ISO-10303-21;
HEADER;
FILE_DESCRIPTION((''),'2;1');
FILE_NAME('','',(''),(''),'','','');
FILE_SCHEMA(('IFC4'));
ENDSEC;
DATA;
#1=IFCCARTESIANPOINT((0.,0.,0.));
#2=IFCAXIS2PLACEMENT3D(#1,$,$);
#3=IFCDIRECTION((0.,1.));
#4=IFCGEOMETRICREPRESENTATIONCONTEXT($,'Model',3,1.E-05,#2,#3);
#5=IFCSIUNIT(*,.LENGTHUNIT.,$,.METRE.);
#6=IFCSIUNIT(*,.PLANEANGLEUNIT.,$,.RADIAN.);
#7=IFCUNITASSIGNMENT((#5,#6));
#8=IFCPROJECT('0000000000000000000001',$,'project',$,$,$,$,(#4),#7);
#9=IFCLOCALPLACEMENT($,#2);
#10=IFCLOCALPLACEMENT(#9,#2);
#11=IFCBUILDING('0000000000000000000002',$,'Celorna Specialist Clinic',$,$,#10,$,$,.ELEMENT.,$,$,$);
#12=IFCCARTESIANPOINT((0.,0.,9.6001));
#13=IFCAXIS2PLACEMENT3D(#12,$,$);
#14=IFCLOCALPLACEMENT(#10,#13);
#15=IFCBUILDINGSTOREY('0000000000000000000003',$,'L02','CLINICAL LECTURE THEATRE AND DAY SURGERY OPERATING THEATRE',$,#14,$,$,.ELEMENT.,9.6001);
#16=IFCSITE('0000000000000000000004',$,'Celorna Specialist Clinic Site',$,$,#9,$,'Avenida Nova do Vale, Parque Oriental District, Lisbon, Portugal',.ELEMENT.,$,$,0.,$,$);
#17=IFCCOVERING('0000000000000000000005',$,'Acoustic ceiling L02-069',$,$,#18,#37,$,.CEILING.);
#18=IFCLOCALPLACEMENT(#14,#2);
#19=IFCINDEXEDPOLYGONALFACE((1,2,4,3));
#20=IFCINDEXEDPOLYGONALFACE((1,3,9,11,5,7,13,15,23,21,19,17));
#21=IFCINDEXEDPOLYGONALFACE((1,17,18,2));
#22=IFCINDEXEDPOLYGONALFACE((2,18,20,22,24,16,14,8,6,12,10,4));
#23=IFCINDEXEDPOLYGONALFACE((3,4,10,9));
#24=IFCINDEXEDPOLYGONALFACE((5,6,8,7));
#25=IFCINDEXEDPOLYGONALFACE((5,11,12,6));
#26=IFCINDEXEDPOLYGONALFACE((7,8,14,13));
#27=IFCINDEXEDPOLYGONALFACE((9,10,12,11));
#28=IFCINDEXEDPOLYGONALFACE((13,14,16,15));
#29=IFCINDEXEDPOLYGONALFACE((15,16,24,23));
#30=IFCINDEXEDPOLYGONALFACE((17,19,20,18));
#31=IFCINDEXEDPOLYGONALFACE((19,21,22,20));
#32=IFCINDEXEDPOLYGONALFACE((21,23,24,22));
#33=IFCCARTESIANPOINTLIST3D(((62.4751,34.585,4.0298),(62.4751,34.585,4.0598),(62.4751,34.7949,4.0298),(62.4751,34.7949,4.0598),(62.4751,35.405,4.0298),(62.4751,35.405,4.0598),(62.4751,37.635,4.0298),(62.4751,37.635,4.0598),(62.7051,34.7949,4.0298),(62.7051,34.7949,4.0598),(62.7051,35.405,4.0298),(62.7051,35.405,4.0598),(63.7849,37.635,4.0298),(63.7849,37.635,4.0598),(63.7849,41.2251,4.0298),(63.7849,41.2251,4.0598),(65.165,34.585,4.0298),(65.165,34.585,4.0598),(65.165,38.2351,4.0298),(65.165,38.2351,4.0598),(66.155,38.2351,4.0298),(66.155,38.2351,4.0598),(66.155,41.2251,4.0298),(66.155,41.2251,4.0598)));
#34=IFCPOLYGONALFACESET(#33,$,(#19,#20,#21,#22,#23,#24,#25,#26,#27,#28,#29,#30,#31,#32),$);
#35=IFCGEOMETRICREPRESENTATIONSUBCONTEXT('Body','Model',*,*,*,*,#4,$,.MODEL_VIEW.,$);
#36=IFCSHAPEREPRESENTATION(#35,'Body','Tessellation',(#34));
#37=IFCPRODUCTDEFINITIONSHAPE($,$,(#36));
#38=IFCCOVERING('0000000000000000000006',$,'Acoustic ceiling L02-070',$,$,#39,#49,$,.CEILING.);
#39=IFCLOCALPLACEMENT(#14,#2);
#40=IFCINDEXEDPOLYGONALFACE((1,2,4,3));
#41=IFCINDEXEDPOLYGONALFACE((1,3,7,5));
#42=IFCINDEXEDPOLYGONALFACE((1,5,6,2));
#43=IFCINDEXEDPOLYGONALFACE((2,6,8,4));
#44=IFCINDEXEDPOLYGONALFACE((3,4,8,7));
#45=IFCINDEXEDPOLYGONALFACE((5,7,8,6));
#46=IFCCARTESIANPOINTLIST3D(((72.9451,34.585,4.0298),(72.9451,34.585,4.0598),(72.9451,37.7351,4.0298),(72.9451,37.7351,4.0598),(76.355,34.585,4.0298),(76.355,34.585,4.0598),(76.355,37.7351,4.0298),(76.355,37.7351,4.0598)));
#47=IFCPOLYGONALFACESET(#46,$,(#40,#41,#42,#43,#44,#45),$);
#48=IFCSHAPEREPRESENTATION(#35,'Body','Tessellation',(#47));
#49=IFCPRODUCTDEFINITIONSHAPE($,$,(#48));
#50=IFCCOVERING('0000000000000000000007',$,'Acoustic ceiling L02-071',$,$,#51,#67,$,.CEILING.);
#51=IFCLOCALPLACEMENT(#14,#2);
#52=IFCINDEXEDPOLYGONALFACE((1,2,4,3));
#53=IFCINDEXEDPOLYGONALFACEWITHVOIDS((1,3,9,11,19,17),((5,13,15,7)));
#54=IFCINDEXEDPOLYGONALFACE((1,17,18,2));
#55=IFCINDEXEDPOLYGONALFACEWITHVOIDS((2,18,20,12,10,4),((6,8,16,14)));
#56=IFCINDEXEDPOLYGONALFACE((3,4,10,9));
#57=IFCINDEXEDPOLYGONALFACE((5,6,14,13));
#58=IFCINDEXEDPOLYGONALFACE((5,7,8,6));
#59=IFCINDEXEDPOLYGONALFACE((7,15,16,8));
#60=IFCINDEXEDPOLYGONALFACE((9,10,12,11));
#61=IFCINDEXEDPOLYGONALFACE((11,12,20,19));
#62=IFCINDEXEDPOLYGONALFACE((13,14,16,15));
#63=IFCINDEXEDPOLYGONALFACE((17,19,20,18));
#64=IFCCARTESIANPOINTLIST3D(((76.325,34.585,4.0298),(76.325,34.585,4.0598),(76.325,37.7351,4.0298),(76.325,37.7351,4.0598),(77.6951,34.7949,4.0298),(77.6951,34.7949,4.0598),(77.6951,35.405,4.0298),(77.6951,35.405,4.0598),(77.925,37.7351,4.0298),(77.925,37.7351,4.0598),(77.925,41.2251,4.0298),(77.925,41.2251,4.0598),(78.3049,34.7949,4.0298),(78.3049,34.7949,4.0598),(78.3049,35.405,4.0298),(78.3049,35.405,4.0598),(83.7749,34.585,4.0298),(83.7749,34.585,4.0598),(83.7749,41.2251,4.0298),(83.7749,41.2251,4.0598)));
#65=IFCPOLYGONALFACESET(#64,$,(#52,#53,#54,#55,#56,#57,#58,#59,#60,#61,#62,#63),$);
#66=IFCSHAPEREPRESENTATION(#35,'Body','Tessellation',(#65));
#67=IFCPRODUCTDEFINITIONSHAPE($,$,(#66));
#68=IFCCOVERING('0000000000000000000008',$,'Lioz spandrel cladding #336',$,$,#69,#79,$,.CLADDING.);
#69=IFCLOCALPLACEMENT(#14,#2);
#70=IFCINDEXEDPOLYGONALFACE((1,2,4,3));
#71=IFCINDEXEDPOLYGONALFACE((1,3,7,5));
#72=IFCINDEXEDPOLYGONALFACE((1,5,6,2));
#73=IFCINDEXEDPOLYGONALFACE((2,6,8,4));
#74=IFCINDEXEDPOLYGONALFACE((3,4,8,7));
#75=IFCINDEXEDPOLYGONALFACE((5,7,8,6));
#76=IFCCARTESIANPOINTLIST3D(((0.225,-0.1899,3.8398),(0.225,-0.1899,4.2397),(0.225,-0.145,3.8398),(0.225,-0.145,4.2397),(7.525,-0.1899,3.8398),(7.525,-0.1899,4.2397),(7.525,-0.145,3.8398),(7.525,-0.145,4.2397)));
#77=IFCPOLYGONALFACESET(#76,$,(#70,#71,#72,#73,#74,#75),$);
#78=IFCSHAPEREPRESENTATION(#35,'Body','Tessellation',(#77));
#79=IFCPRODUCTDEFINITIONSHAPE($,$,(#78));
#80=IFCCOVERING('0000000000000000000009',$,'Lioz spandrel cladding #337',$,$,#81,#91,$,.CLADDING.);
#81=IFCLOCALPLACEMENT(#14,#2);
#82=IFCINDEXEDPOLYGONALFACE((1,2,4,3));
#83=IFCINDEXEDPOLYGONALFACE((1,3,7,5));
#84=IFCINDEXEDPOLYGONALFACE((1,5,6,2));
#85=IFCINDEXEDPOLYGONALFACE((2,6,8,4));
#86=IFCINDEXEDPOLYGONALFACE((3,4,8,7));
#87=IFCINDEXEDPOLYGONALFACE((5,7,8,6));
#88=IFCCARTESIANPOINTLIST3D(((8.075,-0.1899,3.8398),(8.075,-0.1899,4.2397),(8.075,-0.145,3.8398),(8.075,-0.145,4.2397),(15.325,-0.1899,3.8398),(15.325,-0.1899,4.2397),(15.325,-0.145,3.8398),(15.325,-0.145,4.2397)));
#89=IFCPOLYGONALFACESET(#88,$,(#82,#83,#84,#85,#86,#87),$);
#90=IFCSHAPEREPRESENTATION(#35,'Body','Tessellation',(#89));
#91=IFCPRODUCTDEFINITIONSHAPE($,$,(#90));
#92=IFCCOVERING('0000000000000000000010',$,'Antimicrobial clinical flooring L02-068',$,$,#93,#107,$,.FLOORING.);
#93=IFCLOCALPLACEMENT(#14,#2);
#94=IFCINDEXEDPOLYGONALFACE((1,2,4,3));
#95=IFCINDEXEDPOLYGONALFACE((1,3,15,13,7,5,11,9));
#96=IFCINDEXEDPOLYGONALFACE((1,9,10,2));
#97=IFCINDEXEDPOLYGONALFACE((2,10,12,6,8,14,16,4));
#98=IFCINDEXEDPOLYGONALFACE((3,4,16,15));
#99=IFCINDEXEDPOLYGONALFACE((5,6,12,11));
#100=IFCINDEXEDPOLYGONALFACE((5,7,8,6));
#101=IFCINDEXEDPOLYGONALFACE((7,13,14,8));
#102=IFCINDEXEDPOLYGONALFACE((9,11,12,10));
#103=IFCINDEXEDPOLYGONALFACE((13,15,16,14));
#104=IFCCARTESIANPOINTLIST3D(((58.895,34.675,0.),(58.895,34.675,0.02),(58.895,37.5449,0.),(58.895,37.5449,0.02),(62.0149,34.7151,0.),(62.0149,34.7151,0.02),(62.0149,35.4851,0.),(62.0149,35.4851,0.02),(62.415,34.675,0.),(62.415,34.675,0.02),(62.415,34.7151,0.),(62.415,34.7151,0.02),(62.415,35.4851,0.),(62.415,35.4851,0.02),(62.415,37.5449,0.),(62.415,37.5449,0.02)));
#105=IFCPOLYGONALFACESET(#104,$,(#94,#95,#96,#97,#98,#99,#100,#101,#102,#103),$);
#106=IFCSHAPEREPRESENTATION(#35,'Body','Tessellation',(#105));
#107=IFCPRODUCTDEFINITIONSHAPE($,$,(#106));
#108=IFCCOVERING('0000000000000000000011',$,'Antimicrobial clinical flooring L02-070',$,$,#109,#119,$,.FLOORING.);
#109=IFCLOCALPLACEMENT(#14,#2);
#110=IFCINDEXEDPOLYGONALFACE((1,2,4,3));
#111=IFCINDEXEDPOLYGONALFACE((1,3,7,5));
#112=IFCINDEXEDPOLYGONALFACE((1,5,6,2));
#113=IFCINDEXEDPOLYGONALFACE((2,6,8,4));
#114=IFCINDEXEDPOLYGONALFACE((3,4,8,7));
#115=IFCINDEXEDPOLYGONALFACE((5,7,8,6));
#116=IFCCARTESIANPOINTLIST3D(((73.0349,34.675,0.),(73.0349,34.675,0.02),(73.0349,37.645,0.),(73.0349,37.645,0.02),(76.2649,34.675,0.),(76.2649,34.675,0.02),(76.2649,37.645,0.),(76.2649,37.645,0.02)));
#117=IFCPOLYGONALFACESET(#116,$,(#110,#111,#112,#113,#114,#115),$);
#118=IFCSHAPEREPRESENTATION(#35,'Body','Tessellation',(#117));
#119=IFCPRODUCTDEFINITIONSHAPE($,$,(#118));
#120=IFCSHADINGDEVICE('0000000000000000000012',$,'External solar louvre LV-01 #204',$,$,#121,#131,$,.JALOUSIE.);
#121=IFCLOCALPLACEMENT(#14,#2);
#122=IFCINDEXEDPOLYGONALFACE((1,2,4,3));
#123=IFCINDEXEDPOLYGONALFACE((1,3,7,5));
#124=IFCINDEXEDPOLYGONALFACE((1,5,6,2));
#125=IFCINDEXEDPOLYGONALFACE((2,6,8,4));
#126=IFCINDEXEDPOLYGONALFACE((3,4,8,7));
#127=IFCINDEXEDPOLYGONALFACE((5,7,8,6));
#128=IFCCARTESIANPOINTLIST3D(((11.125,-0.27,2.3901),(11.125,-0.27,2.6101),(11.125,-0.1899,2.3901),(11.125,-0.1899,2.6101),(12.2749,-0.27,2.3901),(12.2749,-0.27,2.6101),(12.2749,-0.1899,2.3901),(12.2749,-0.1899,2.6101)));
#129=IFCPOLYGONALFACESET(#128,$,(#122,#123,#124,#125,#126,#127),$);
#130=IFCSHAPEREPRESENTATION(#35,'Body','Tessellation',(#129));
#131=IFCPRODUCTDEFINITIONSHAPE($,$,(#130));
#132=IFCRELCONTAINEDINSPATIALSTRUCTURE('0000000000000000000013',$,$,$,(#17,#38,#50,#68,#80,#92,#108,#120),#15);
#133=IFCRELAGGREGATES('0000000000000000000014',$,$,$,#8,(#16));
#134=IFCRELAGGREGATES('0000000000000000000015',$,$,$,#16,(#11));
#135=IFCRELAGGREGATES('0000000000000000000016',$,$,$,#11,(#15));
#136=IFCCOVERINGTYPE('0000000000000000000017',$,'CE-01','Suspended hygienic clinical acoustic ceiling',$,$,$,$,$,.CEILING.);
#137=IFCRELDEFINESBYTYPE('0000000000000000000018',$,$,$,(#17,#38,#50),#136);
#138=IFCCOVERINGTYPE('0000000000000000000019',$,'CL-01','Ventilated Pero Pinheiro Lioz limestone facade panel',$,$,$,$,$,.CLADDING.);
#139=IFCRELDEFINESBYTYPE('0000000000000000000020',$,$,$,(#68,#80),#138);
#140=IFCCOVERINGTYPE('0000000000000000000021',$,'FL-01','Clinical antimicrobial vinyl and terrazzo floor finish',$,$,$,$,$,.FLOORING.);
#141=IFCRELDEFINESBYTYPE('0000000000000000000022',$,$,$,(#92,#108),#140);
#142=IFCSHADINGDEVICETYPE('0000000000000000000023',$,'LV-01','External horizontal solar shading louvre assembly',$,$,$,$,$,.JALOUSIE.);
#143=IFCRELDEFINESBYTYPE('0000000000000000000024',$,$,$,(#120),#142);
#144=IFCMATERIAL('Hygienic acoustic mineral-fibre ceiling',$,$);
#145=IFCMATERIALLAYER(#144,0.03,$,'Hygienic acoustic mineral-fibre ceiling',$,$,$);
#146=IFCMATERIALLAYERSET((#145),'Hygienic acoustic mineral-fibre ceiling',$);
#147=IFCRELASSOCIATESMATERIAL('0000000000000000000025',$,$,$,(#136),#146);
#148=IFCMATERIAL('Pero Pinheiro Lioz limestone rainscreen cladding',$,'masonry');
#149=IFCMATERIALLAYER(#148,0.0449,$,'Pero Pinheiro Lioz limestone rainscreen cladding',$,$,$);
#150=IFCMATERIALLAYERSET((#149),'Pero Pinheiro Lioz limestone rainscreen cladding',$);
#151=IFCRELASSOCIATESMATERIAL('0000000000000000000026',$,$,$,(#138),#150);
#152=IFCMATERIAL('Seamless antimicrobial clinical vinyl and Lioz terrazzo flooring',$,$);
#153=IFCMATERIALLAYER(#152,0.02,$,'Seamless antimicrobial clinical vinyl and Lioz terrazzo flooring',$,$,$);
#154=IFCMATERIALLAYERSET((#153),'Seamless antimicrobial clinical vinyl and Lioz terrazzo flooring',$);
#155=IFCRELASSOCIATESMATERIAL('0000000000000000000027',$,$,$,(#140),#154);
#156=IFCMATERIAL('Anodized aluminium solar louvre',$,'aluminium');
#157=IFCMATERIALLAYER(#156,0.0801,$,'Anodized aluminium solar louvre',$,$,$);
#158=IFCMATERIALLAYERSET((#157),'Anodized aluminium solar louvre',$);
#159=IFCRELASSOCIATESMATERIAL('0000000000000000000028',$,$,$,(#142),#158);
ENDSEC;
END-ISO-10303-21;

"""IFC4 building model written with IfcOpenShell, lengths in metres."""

from ifc_helpers import new_model, si_unit, direction, frame, origin, origin_2d, place, context, subcontext, project, spatial, polyline, rectangle, outline, extrude, material, layer, layer_set, type_object, element, save


model = new_model("IFC4")

# Units and contexts
model_context = context("Model", 3, precision=1e-05, world=origin(), true_north=direction((0.0, 1.0)))
body_context = subcontext(model_context, "Body", "Model", "MODEL_VIEW")
ifc_project = project(units=[si_unit("LENGTHUNIT", "METRE"), si_unit("PLANEANGLEUNIT", "RADIAN")], contexts=[model_context])

# Site, building, storey
site_placement = place(None, origin())
site = spatial("IfcSite", under=ifc_project, at=site_placement, Name="Celorna Specialist Clinic Site", LongName="Avenida Nova do Vale, Parque Oriental District, Lisbon, Portugal", CompositionType="ELEMENT", RefElevation=0.0)
building_placement = place(site_placement, origin())
building = spatial("IfcBuilding", under=site, at=building_placement, Name="Celorna Specialist Clinic", CompositionType="ELEMENT")
storey_placement = place(building_placement, frame((0.0, 0.0, 9.6001)))
storey = spatial("IfcBuildingStorey", under=building, at=storey_placement, Name="L02", Description="CLINICAL LECTURE THEATRE AND DAY SURGERY OPERATING THEATRE", CompositionType="ELEMENT", Elevation=9.6001)

# Coverings
ifc_material_1 = material(Name="Hygienic acoustic mineral-fibre ceiling")
ifc_layer_1 = layer(ifc_material_1, 0.03, Name="Hygienic acoustic mineral-fibre ceiling")
ifc_layer_set_1 = layer_set([ifc_layer_1], Name="Hygienic acoustic mineral-fibre ceiling")
covering_type_1 = type_object("IfcCoveringType", Name="CE-01", Description="Suspended hygienic clinical acoustic ceiling", PredefinedType="CEILING", material=ifc_layer_set_1)
covering_1_placement = place(storey_placement, frame((0.0, 0.0, 4.0298)))
element("IfcCovering", 1, at=covering_1_placement, inside=storey, type_object=covering_type_1, Name="Acoustic ceiling L02-069", PredefinedType="CEILING", context=body_context, shape_type="SweptSolid", body=[
    extrude(outline(polyline([(65.165, 38.2351), (65.165, 34.585), (62.4751, 34.585), (62.4751, 34.7949), (62.7051, 34.7949), (62.7051, 35.405), (62.4751, 35.405), (62.4751, 37.635), (63.7849, 37.635), (63.7849, 41.2251), (66.155, 41.2251), (66.155, 38.2351), (65.165, 38.2351)])), origin(), (0.0, 0.0, 1.0), 0.03),
])
covering_2_placement = place(storey_placement, frame((0.0, 0.0, 4.0298)))
element("IfcCovering", 2, at=covering_2_placement, inside=storey, type_object=covering_type_1, Name="Acoustic ceiling L02-070", PredefinedType="CEILING", context=body_context, shape_type="SweptSolid", body=[
    extrude(outline(polyline([(72.9451, 37.7351), (76.355, 37.7351), (76.355, 34.585), (72.9451, 34.585), (72.9451, 37.7351)])), origin(), (0.0, 0.0, 1.0), 0.03),
])
covering_3_placement = place(storey_placement, frame((0.0, 0.0, 4.0298)))
element("IfcCovering", 3, at=covering_3_placement, inside=storey, type_object=covering_type_1, Name="Acoustic ceiling L02-071", PredefinedType="CEILING", context=body_context, shape_type="SweptSolid", body=[
    extrude(outline(polyline([(76.325, 34.585), (76.325, 37.7351), (77.925, 37.7351), (77.925, 41.2251), (83.7749, 41.2251), (83.7749, 34.585), (76.325, 34.585)]), holes=[polyline([(78.3049, 35.405), (77.6951, 35.405), (77.6951, 34.7949), (78.3049, 34.7949), (78.3049, 35.405)])]), origin(), (0.0, 0.0, 1.0), 0.03),
])
ifc_material_2 = material(Name="Pero Pinheiro Lioz limestone rainscreen cladding", Category="masonry")
ifc_layer_2 = layer(ifc_material_2, 0.0449, Name="Pero Pinheiro Lioz limestone rainscreen cladding")
ifc_layer_set_2 = layer_set([ifc_layer_2], Name="Pero Pinheiro Lioz limestone rainscreen cladding")
covering_type_2 = type_object("IfcCoveringType", Name="CL-01", Description="Ventilated Pero Pinheiro Lioz limestone facade panel", PredefinedType="CLADDING", material=ifc_layer_set_2)
covering_4_placement = place(storey_placement, frame((3.875, -0.1675, 3.8398), z_axis=(0.0, 0.0, 1.0), x_axis=(-1.0, 0.0, 0.0)))
element("IfcCovering", 4, at=covering_4_placement, inside=storey, type_object=covering_type_2, Name="Lioz spandrel cladding #336", PredefinedType="CLADDING", context=body_context, shape_type="SweptSolid", body=[
    extrude(rectangle(XDim=7.3, YDim=0.0449, at=origin_2d()), origin(), (0.0, 0.0, 1.0), 0.3999),
])
covering_5_placement = place(storey_placement, frame((11.7, -0.1675, 3.8398), z_axis=(0.0, 0.0, 1.0), x_axis=(-1.0, 0.0, 0.0)))
element("IfcCovering", 5, at=covering_5_placement, inside=storey, type_object=covering_type_2, Name="Lioz spandrel cladding #337", PredefinedType="CLADDING", context=body_context, shape_type="SweptSolid", body=[
    extrude(rectangle(XDim=7.25, YDim=0.0449, at=origin_2d()), origin(), (0.0, 0.0, 1.0), 0.3999),
])
ifc_material_3 = material(Name="Seamless antimicrobial clinical vinyl and Lioz terrazzo flooring")
ifc_layer_3 = layer(ifc_material_3, 0.02, Name="Seamless antimicrobial clinical vinyl and Lioz terrazzo flooring")
ifc_layer_set_3 = layer_set([ifc_layer_3], Name="Seamless antimicrobial clinical vinyl and Lioz terrazzo flooring")
covering_type_3 = type_object("IfcCoveringType", Name="FL-01", Description="Clinical antimicrobial vinyl and terrazzo floor finish", PredefinedType="FLOORING", material=ifc_layer_set_3)
covering_6_placement = place(storey_placement, origin())
element("IfcCovering", 6, at=covering_6_placement, inside=storey, type_object=covering_type_3, Name="Antimicrobial clinical flooring L02-068", PredefinedType="FLOORING", context=body_context, shape_type="SweptSolid", body=[
    extrude(outline(polyline([(58.895, 34.675), (58.895, 37.5449), (62.415, 37.5449), (62.415, 35.4851), (62.0149, 35.4851), (62.0149, 34.7151), (62.415, 34.7151), (62.415, 34.675), (58.895, 34.675)])), origin(), (0.0, 0.0, 1.0), 0.02),
])
covering_7_placement = place(storey_placement, origin())
element("IfcCovering", 7, at=covering_7_placement, inside=storey, type_object=covering_type_3, Name="Antimicrobial clinical flooring L02-070", PredefinedType="FLOORING", context=body_context, shape_type="SweptSolid", body=[
    extrude(outline(polyline([(73.0349, 34.675), (73.0349, 37.645), (76.2649, 37.645), (76.2649, 34.675), (73.0349, 34.675)])), origin(), (0.0, 0.0, 1.0), 0.02),
])

# Shading device
ifc_material_4 = material(Name="Anodized aluminium solar louvre", Category="aluminium")
ifc_layer_4 = layer(ifc_material_4, 0.0801, Name="Anodized aluminium solar louvre")
ifc_layer_set_4 = layer_set([ifc_layer_4], Name="Anodized aluminium solar louvre")
shading_device_type = type_object("IfcShadingDeviceType", Name="LV-01", Description="External horizontal solar shading louvre assembly", PredefinedType="JALOUSIE", material=ifc_layer_set_4)
shading_device_placement = place(storey_placement, frame((11.7, -0.23, 2.3901), z_axis=(0.0, 0.0, 1.0), x_axis=(-1.0, 0.0, 0.0)))
element("IfcShadingDevice", 8, at=shading_device_placement, inside=storey, type_object=shading_device_type, Name="External solar louvre LV-01 #204", PredefinedType="JALOUSIE", context=body_context, shape_type="SweptSolid", body=[
    extrude(rectangle(XDim=1.1499, YDim=0.0801, at=origin_2d()), origin(), (0.0, 0.0, 1.0), 0.22),
])

save(model, "model.ifc")
